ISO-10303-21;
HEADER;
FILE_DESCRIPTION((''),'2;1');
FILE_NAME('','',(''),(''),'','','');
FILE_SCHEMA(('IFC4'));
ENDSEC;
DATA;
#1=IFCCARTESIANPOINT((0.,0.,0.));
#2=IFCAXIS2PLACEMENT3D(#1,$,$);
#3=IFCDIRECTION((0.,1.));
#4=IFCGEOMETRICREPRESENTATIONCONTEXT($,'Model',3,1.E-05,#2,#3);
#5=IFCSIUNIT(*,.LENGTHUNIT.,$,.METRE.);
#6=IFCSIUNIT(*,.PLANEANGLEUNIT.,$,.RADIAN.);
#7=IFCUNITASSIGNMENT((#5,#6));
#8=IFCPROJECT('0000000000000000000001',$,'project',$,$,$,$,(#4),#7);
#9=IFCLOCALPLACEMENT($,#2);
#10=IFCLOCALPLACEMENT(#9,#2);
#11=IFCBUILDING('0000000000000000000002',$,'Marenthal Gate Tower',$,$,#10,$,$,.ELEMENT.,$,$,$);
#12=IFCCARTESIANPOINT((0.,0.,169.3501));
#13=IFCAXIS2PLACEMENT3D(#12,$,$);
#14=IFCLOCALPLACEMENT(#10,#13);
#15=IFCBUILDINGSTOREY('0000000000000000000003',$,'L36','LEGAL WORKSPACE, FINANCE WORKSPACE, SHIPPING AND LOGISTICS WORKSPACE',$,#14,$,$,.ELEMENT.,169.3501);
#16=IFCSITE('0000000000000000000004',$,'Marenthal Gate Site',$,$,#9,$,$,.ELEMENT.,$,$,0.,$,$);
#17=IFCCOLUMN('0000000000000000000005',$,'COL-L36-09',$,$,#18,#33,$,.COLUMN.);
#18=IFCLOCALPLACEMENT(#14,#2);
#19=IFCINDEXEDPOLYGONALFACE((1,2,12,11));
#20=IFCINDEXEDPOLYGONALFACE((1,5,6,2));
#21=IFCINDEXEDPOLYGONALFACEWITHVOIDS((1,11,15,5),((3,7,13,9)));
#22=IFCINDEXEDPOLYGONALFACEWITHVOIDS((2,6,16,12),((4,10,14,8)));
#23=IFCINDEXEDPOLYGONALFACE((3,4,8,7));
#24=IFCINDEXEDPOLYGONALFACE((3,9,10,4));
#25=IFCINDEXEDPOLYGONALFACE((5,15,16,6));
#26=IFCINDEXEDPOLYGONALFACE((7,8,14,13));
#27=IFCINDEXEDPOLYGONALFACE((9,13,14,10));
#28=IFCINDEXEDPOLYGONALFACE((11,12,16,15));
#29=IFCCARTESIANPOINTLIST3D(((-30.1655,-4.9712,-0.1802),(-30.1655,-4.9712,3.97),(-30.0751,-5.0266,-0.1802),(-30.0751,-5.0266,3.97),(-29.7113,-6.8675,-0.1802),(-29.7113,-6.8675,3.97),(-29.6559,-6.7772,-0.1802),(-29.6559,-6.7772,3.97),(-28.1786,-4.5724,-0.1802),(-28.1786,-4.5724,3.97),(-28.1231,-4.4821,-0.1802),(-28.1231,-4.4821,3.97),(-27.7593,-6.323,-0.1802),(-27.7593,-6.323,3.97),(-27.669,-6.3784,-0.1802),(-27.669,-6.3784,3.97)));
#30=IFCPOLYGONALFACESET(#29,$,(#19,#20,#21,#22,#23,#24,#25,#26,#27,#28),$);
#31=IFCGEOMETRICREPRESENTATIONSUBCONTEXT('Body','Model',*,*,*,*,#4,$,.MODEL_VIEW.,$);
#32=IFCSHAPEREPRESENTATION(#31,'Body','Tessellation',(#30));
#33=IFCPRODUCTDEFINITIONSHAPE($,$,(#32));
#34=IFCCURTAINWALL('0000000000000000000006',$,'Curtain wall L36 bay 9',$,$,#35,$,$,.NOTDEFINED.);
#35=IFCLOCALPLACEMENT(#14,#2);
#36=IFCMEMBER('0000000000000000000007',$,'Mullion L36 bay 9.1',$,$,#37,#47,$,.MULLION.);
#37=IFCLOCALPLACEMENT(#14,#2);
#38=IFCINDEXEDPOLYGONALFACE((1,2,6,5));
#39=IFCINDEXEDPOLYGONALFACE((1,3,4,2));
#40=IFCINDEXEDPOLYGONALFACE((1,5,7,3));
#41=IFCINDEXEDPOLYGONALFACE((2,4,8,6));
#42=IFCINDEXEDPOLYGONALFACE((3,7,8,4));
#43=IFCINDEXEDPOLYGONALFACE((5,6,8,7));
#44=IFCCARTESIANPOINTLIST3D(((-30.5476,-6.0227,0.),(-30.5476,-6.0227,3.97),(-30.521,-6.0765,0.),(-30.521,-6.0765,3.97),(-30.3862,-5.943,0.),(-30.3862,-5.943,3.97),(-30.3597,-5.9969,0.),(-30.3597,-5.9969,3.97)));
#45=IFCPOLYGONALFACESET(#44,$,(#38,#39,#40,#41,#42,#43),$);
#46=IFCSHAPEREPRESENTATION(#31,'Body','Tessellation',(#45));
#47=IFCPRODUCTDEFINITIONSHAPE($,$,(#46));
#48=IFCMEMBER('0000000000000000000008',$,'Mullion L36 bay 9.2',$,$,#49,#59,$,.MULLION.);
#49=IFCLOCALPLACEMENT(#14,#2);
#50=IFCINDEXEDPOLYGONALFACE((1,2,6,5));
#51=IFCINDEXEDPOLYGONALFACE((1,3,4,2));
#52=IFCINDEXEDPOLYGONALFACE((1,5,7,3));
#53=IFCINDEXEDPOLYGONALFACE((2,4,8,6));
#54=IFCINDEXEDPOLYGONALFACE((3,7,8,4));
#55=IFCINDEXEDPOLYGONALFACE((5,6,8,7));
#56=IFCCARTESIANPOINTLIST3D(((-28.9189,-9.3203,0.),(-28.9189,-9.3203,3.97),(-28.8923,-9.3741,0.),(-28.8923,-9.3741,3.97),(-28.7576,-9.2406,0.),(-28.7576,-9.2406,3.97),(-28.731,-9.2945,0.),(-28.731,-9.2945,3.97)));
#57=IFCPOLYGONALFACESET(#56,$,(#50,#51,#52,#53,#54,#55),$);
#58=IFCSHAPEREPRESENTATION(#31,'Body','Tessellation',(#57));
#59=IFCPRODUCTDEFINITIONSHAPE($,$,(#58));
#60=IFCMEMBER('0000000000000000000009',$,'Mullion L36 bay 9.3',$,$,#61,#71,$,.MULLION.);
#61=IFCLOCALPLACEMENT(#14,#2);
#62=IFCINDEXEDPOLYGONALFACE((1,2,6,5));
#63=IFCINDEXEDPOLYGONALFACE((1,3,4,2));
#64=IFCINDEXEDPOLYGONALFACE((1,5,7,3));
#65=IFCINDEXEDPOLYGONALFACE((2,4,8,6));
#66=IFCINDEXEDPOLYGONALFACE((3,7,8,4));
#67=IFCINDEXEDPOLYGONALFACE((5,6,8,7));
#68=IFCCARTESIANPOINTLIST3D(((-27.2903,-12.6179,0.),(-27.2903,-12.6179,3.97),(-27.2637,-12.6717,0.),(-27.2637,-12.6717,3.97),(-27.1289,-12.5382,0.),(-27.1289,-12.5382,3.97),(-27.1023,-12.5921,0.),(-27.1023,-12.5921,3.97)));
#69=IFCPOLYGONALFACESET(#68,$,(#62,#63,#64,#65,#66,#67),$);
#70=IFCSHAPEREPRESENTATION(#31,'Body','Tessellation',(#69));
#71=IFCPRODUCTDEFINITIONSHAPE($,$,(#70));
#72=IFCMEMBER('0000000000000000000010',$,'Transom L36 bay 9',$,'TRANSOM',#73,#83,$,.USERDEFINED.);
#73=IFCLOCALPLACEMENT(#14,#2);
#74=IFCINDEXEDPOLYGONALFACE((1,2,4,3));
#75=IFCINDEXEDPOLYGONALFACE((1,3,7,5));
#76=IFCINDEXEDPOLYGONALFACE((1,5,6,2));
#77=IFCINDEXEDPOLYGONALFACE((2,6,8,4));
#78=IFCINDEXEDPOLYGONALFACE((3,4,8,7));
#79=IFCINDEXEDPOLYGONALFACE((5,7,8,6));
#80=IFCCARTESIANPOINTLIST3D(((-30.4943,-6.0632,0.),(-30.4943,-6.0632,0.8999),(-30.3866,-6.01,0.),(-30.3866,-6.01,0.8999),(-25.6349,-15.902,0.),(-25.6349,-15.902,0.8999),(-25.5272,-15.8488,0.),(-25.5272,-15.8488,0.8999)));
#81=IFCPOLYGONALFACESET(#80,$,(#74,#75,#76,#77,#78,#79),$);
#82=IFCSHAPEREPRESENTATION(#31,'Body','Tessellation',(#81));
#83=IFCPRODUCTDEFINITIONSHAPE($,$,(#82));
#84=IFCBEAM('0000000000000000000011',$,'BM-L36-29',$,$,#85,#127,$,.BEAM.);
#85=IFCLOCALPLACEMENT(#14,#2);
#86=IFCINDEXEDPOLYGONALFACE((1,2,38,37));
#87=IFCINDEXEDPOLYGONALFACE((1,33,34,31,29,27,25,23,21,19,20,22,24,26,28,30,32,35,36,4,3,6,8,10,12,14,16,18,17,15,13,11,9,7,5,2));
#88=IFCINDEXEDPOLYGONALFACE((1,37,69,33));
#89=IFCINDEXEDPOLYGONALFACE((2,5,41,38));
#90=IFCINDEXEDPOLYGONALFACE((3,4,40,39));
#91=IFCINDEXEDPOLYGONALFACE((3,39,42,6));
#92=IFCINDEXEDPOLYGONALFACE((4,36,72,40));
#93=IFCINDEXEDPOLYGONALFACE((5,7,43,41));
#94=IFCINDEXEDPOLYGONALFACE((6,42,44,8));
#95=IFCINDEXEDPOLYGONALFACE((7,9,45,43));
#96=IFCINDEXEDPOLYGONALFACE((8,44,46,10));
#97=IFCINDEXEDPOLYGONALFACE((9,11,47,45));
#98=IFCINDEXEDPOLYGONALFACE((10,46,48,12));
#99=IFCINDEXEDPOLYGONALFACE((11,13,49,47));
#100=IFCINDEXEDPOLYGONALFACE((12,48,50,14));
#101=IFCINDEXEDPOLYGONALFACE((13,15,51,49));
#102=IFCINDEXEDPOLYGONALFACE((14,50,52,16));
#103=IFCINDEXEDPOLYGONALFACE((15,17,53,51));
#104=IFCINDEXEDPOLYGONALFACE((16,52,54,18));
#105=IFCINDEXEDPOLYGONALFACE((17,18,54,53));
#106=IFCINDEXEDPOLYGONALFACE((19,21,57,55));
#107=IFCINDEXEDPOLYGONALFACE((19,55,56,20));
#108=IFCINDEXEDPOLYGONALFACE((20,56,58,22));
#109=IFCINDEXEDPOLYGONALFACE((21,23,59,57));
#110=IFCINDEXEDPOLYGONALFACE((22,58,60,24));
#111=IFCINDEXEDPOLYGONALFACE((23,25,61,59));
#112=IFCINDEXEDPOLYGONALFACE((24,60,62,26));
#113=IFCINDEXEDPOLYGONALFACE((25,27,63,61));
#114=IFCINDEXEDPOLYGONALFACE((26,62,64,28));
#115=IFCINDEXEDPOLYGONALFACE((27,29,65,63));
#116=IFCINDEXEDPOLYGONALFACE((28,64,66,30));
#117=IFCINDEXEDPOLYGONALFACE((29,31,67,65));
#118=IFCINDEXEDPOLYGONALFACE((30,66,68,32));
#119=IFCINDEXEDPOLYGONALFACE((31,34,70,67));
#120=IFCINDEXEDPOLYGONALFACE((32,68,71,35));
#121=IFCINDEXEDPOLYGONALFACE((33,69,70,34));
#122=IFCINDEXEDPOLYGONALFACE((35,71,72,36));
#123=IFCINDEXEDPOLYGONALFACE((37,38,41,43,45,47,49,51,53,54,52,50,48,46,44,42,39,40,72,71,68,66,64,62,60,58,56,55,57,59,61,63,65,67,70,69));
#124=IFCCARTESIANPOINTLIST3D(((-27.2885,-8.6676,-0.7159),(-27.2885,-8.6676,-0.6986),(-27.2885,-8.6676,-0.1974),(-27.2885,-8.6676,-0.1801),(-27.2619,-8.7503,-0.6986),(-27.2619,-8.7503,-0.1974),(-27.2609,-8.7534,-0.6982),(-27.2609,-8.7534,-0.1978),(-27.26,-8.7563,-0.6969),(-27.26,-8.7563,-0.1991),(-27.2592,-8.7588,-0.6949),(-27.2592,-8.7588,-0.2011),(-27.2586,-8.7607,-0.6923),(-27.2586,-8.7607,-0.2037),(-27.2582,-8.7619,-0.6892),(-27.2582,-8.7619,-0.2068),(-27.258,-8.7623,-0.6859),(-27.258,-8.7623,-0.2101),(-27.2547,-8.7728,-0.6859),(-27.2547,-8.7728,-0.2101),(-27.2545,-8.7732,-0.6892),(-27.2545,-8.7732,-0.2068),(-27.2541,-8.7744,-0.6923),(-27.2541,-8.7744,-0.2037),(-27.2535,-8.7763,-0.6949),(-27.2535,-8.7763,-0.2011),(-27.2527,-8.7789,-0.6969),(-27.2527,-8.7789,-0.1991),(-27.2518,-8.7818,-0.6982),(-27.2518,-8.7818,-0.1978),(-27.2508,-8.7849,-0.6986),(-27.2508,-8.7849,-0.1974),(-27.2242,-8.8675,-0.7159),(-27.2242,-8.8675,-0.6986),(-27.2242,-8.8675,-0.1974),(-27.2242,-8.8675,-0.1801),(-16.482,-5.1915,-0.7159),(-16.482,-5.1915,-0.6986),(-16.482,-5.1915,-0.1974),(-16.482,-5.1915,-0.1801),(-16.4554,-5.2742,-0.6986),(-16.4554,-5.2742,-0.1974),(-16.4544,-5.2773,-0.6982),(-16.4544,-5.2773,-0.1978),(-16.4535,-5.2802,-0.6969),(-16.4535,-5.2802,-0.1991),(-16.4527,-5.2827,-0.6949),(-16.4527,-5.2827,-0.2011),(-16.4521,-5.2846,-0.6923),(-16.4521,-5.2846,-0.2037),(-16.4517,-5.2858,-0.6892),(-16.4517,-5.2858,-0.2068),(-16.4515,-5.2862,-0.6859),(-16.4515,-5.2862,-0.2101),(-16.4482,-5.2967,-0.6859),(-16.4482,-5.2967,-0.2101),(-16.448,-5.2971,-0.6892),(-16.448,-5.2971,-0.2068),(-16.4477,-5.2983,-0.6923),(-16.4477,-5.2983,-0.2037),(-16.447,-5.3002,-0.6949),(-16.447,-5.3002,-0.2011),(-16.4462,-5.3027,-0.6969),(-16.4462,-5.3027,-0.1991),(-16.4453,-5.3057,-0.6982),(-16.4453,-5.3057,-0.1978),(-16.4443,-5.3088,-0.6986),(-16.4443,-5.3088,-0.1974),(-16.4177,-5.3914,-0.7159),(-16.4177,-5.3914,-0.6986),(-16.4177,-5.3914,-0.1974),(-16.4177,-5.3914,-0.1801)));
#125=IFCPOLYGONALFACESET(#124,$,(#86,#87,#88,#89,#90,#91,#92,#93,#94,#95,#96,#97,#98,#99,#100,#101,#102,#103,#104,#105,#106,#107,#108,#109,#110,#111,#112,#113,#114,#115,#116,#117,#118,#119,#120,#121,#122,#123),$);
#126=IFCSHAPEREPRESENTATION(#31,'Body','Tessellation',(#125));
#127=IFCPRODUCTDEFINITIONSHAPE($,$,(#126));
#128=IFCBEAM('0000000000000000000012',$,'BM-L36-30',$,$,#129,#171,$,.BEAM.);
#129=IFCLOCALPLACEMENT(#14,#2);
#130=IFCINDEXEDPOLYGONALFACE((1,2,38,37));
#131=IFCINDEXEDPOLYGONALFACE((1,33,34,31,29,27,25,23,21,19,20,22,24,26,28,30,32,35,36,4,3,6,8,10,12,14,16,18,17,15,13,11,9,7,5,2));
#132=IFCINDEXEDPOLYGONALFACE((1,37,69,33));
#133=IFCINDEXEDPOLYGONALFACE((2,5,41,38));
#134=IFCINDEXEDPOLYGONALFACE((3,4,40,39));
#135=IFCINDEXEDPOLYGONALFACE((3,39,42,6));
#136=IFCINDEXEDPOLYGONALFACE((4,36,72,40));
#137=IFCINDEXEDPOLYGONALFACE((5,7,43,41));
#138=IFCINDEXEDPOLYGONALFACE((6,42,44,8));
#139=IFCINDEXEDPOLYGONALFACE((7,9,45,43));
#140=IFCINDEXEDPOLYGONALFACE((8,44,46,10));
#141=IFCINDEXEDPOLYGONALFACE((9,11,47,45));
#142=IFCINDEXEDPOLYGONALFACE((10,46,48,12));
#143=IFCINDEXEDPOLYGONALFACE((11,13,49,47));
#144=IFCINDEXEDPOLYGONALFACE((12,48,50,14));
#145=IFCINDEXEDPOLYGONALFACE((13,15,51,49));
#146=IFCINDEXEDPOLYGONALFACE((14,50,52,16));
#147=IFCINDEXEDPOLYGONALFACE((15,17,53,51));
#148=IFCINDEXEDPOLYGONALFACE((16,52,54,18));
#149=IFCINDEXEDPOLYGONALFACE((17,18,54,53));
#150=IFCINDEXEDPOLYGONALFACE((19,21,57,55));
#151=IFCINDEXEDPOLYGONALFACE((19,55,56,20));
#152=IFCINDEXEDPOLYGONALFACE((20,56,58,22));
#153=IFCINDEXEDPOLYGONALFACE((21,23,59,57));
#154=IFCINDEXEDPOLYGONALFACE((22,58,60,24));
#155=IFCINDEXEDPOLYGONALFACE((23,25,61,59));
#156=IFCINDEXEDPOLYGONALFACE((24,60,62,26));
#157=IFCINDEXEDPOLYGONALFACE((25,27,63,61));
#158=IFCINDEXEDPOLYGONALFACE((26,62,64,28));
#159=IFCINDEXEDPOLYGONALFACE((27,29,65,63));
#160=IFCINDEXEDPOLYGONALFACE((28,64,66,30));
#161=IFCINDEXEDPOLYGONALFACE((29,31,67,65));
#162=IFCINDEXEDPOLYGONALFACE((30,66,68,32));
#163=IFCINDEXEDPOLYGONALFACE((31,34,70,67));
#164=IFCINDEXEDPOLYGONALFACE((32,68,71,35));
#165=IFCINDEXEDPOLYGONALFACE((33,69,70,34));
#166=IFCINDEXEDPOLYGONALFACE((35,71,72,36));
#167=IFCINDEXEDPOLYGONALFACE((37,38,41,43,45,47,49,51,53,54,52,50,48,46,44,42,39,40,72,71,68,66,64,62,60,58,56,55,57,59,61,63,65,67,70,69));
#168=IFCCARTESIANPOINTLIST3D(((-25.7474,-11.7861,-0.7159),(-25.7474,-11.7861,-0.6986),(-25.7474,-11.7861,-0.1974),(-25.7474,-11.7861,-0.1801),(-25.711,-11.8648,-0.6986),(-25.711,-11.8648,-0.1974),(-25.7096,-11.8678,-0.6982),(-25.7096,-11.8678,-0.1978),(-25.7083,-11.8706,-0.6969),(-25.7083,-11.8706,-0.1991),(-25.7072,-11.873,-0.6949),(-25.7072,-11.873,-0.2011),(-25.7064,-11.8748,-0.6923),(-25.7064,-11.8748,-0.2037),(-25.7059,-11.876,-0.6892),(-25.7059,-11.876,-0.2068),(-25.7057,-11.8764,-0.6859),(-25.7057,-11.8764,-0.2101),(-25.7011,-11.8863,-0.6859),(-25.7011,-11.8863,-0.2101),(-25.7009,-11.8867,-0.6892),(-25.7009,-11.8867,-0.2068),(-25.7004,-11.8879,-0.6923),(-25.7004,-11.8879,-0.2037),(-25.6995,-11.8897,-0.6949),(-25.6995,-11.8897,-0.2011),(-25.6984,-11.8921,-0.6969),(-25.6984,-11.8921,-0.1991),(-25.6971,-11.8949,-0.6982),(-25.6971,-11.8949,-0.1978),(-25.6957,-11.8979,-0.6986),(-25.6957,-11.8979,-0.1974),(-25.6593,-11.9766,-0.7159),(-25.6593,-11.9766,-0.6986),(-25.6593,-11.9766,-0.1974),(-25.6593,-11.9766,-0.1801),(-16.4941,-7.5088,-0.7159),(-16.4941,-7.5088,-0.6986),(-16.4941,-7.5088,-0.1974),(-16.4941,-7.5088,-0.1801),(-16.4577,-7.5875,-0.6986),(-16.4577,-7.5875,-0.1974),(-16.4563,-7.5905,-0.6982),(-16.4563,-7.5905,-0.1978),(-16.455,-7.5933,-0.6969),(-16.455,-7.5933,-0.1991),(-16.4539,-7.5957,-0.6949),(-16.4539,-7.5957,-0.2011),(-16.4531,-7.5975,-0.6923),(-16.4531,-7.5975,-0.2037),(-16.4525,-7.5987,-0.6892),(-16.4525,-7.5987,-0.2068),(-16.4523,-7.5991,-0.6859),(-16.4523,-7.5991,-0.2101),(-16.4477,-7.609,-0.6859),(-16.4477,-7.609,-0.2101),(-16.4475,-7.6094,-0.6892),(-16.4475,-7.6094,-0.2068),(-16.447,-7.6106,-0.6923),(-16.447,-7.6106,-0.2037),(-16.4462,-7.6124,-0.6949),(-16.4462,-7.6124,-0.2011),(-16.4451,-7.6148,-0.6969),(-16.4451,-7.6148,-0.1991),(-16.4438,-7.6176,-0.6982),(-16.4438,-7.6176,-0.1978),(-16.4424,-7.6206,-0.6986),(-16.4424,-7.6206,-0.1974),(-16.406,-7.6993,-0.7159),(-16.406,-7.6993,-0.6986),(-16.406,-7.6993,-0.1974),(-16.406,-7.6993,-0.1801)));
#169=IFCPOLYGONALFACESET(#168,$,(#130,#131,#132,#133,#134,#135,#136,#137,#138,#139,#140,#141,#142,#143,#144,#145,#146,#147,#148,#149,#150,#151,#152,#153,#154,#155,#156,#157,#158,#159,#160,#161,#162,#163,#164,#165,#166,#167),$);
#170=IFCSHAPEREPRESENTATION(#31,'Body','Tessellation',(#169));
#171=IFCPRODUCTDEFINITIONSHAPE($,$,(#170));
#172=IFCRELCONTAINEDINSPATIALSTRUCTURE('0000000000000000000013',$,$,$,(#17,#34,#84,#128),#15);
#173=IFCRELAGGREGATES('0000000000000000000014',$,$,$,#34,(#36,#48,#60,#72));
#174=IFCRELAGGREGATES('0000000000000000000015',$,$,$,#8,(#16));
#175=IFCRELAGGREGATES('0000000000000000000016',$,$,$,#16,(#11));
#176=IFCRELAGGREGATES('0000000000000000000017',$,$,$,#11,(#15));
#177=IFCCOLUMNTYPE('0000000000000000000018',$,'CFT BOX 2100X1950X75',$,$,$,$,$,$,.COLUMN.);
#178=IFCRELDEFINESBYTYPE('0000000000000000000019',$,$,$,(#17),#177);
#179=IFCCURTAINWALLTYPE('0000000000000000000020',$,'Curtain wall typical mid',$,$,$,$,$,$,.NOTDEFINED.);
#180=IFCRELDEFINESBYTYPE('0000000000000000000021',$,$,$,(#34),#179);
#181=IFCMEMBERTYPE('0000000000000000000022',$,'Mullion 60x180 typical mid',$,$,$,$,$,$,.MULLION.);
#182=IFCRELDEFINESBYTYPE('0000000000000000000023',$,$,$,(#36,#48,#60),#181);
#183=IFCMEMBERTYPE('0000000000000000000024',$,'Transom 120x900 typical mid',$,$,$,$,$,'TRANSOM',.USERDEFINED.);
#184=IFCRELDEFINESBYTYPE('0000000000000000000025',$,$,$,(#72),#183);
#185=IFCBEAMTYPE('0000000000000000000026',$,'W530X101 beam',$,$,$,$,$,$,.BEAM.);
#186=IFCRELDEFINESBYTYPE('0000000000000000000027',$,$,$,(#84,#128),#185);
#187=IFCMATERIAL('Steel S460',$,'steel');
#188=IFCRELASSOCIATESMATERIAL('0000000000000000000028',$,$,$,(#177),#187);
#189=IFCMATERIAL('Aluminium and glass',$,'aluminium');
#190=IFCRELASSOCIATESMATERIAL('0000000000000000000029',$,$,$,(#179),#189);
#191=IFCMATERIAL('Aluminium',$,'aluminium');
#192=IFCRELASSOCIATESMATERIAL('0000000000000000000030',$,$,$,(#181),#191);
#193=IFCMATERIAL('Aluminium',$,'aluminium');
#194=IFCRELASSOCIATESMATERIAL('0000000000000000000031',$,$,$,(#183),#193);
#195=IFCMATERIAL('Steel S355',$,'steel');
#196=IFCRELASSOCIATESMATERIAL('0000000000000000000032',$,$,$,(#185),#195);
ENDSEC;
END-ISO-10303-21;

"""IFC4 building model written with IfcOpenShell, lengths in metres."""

from ifc_helpers import new_model, si_unit, direction, frame, origin, origin_2d, place, context, subcontext, project, spatial, rectangle, hollow_rectangle, i_section, extrude, material, material_profile, profile_set, type_object, element, aggregate, save


model = new_model("IFC4")

# Units and contexts
model_context = context("Model", 3, precision=1e-05, world=origin(), true_north=direction((0.0, 1.0)))
body_context = subcontext(model_context, "Body", "Model", "MODEL_VIEW")
ifc_project = project(units=[si_unit("LENGTHUNIT", "METRE"), si_unit("PLANEANGLEUNIT", "RADIAN")], contexts=[model_context])

# Site, building, storey
site_placement = place(None, origin())
site = spatial("IfcSite", under=ifc_project, at=site_placement, Name="Marenthal Gate Site", CompositionType="ELEMENT", RefElevation=0.0)
building_placement = place(site_placement, origin())
building = spatial("IfcBuilding", under=site, at=building_placement, Name="Marenthal Gate Tower", CompositionType="ELEMENT")
storey_placement = place(building_placement, frame((0.0, 0.0, 169.3501)))
storey = spatial("IfcBuildingStorey", under=building, at=storey_placement, Name="L36", Description="LEGAL WORKSPACE, FINANCE WORKSPACE, SHIPPING AND LOGISTICS WORKSPACE", CompositionType="ELEMENT", Elevation=169.3501)

# Column
ifc_material_1 = material(Name="Steel S460", Category="steel")
ifc_material_profile_1 = material_profile(ifc_material_1, hollow_rectangle(XDim=1.95, YDim=2.1001, WallThickness=0.075, at=origin_2d()), Name="CFT BOX 2100X1950X75")
ifc_material_2 = material(Name="Concrete 70 MPa", Category="concrete")
ifc_material_profile_2 = material_profile(ifc_material_2, rectangle(XDim=1.8, YDim=1.95, at=origin_2d()), Name="CFT BOX 2100X1950X75 INFILL")
ifc_profile_set_1 = profile_set([ifc_material_profile_1, ifc_material_profile_2], Name="Steel S460 shell, Concrete 70 MPa infill")
column_type = type_object("IfcColumnType", Name="CFT BOX 2100X1950X75", PredefinedType="COLUMN", material=ifc_profile_set_1)
column_placement = place(storey_placement, frame((-28.9172, -5.6748, -0.1802), z_axis=(0.0, 0.0, 1.0), x_axis=(-0.232909, 0.972499, 0.0)))
element("IfcColumn", 1, at=column_placement, inside=storey, type_object=column_type, Name="COL-L36-09", PredefinedType="COLUMN", context=body_context, shape_type="SweptSolid", body=[
    extrude(hollow_rectangle(XDim=1.95, YDim=2.1001, WallThickness=0.075, at=origin_2d()), origin(), (0.0, 0.0, 1.0), 4.1501),
])

# Curtain wall, members
ifc_material_3 = material(Name="Aluminium and glass", Category="aluminium")
curtain_wall_type = type_object("IfcCurtainWallType", Name="Curtain wall typical mid", PredefinedType="NOTDEFINED", material=ifc_material_3)
curtain_wall_placement = place(storey_placement, origin())
curtain_wall = element("IfcCurtainWall", 2, at=curtain_wall_placement, inside=storey, type_object=curtain_wall_type, Name="Curtain wall L36 bay 9", PredefinedType="NOTDEFINED")
ifc_material_4 = material(Name="Aluminium", Category="aluminium")
ifc_material_profile_3 = material_profile(ifc_material_4, rectangle(XDim=0.1799, YDim=0.0601, at=origin_2d()), Name="60x180 aluminium mullion")
ifc_profile_set_2 = profile_set([ifc_material_profile_3], Name="Aluminium")
member_type_1 = type_object("IfcMemberType", Name="Mullion 60x180 typical mid", PredefinedType="MULLION", material=ifc_profile_set_2)
member_1_placement = place(storey_placement, frame((-30.4536, -6.0098, 0.0), z_axis=(0.0, 0.0, 1.0), x_axis=(0.896609, 0.442824, 0.0)))
member_1 = element("IfcMember", 3, at=member_1_placement, type_object=member_type_1, Name="Mullion L36 bay 9.1", PredefinedType="MULLION", context=body_context, shape_type="SweptSolid", body=[
    extrude(rectangle(XDim=0.1799, YDim=0.0601, at=origin_2d()), origin(), (0.0, 0.0, 1.0), 3.97),
])
member_2_placement = place(storey_placement, frame((-28.825, -9.3074, 0.0), z_axis=(0.0, 0.0, 1.0), x_axis=(0.896609, 0.442824, 0.0)))
member_2 = element("IfcMember", 4, at=member_2_placement, type_object=member_type_1, Name="Mullion L36 bay 9.2", PredefinedType="MULLION", context=body_context, shape_type="SweptSolid", body=[
    extrude(rectangle(XDim=0.1799, YDim=0.0601, at=origin_2d()), origin(), (0.0, 0.0, 1.0), 3.97),
])
member_3_placement = place(storey_placement, frame((-27.1963, -12.605, 0.0), z_axis=(0.0, 0.0, 1.0), x_axis=(0.896609, 0.442824, 0.0)))
member_3 = element("IfcMember", 5, at=member_3_placement, type_object=member_type_1, Name="Mullion L36 bay 9.3", PredefinedType="MULLION", context=body_context, shape_type="SweptSolid", body=[
    extrude(rectangle(XDim=0.1799, YDim=0.0601, at=origin_2d()), origin(), (0.0, 0.0, 1.0), 3.97),
])
ifc_material_5 = material(Name="Aluminium", Category="aluminium")
ifc_material_profile_4 = material_profile(ifc_material_5, rectangle(XDim=0.1201, YDim=0.8999, at=origin_2d()), Name="120x900 aluminium transom")
ifc_profile_set_3 = profile_set([ifc_material_profile_4], Name="Aluminium")
member_type_2 = type_object("IfcMemberType", Name="Transom 120x900 typical mid", ElementType="TRANSOM", PredefinedType="USERDEFINED", material=ifc_profile_set_3)
member_4_placement = place(storey_placement, frame((-30.4404, -6.0366, 0.45), z_axis=(0.44283, -0.896606, 0.0), x_axis=(0.896606, 0.44283, 0.0)))
member_4 = element("IfcMember", 6, at=member_4_placement, type_object=member_type_2, Name="Transom L36 bay 9", ObjectType="TRANSOM", PredefinedType="USERDEFINED", context=body_context, shape_type="SweptSolid", body=[
    extrude(rectangle(XDim=0.1201, YDim=0.8999, at=origin_2d()), origin(), (0.0, 0.0, 1.0), 10.9734),
])

# Beams
ifc_material_6 = material(Name="Steel S355", Category="steel")
ifc_material_profile_5 = material_profile(ifc_material_6, i_section(OverallWidth=0.21, OverallDepth=0.5359, WebThickness=0.011, FlangeThickness=0.0173, FilletRadius=0.0127, at=origin_2d()), Name="W530X101")
ifc_profile_set_4 = profile_set([ifc_material_profile_5], Name="Steel S355")
beam_type_1 = type_object("IfcBeamType", Name="W530X101 beam", PredefinedType="BEAM", material=ifc_profile_set_4)
beam_1_placement = place(storey_placement, frame((-27.2563, -8.7676, -0.448), z_axis=(0.951962, 0.306216, 0.0), x_axis=(-0.306216, 0.951962, 0.0)))
element("IfcBeam", 7, at=beam_1_placement, inside=storey, type_object=beam_type_1, Name="BM-L36-29", PredefinedType="BEAM", context=body_context, shape_type="SweptSolid", body=[
    extrude(i_section(OverallWidth=0.21, OverallDepth=0.5359, WebThickness=0.011, FlangeThickness=0.0173, FilletRadius=0.0127, at=origin_2d()), origin(), (0.0, 0.0, 1.0), 11.3518),
])
beam_2_placement = place(storey_placement, frame((-25.7034, -11.8813, -0.448), z_axis=(0.907715, 0.419587, 0.0), x_axis=(-0.419587, 0.907715, 0.0)))
element("IfcBeam", 8, at=beam_2_placement, inside=storey, type_object=beam_type_1, Name="BM-L36-30", PredefinedType="BEAM", context=body_context, shape_type="SweptSolid", body=[
    extrude(i_section(OverallWidth=0.21, OverallDepth=0.5359, WebThickness=0.011, FlangeThickness=0.0173, FilletRadius=0.0127, at=origin_2d()), origin(), (0.0, 0.0, 1.0), 10.1941),
])

aggregate(curtain_wall, [member_1, member_2, member_3, member_4])

save(model, "model.ifc")
